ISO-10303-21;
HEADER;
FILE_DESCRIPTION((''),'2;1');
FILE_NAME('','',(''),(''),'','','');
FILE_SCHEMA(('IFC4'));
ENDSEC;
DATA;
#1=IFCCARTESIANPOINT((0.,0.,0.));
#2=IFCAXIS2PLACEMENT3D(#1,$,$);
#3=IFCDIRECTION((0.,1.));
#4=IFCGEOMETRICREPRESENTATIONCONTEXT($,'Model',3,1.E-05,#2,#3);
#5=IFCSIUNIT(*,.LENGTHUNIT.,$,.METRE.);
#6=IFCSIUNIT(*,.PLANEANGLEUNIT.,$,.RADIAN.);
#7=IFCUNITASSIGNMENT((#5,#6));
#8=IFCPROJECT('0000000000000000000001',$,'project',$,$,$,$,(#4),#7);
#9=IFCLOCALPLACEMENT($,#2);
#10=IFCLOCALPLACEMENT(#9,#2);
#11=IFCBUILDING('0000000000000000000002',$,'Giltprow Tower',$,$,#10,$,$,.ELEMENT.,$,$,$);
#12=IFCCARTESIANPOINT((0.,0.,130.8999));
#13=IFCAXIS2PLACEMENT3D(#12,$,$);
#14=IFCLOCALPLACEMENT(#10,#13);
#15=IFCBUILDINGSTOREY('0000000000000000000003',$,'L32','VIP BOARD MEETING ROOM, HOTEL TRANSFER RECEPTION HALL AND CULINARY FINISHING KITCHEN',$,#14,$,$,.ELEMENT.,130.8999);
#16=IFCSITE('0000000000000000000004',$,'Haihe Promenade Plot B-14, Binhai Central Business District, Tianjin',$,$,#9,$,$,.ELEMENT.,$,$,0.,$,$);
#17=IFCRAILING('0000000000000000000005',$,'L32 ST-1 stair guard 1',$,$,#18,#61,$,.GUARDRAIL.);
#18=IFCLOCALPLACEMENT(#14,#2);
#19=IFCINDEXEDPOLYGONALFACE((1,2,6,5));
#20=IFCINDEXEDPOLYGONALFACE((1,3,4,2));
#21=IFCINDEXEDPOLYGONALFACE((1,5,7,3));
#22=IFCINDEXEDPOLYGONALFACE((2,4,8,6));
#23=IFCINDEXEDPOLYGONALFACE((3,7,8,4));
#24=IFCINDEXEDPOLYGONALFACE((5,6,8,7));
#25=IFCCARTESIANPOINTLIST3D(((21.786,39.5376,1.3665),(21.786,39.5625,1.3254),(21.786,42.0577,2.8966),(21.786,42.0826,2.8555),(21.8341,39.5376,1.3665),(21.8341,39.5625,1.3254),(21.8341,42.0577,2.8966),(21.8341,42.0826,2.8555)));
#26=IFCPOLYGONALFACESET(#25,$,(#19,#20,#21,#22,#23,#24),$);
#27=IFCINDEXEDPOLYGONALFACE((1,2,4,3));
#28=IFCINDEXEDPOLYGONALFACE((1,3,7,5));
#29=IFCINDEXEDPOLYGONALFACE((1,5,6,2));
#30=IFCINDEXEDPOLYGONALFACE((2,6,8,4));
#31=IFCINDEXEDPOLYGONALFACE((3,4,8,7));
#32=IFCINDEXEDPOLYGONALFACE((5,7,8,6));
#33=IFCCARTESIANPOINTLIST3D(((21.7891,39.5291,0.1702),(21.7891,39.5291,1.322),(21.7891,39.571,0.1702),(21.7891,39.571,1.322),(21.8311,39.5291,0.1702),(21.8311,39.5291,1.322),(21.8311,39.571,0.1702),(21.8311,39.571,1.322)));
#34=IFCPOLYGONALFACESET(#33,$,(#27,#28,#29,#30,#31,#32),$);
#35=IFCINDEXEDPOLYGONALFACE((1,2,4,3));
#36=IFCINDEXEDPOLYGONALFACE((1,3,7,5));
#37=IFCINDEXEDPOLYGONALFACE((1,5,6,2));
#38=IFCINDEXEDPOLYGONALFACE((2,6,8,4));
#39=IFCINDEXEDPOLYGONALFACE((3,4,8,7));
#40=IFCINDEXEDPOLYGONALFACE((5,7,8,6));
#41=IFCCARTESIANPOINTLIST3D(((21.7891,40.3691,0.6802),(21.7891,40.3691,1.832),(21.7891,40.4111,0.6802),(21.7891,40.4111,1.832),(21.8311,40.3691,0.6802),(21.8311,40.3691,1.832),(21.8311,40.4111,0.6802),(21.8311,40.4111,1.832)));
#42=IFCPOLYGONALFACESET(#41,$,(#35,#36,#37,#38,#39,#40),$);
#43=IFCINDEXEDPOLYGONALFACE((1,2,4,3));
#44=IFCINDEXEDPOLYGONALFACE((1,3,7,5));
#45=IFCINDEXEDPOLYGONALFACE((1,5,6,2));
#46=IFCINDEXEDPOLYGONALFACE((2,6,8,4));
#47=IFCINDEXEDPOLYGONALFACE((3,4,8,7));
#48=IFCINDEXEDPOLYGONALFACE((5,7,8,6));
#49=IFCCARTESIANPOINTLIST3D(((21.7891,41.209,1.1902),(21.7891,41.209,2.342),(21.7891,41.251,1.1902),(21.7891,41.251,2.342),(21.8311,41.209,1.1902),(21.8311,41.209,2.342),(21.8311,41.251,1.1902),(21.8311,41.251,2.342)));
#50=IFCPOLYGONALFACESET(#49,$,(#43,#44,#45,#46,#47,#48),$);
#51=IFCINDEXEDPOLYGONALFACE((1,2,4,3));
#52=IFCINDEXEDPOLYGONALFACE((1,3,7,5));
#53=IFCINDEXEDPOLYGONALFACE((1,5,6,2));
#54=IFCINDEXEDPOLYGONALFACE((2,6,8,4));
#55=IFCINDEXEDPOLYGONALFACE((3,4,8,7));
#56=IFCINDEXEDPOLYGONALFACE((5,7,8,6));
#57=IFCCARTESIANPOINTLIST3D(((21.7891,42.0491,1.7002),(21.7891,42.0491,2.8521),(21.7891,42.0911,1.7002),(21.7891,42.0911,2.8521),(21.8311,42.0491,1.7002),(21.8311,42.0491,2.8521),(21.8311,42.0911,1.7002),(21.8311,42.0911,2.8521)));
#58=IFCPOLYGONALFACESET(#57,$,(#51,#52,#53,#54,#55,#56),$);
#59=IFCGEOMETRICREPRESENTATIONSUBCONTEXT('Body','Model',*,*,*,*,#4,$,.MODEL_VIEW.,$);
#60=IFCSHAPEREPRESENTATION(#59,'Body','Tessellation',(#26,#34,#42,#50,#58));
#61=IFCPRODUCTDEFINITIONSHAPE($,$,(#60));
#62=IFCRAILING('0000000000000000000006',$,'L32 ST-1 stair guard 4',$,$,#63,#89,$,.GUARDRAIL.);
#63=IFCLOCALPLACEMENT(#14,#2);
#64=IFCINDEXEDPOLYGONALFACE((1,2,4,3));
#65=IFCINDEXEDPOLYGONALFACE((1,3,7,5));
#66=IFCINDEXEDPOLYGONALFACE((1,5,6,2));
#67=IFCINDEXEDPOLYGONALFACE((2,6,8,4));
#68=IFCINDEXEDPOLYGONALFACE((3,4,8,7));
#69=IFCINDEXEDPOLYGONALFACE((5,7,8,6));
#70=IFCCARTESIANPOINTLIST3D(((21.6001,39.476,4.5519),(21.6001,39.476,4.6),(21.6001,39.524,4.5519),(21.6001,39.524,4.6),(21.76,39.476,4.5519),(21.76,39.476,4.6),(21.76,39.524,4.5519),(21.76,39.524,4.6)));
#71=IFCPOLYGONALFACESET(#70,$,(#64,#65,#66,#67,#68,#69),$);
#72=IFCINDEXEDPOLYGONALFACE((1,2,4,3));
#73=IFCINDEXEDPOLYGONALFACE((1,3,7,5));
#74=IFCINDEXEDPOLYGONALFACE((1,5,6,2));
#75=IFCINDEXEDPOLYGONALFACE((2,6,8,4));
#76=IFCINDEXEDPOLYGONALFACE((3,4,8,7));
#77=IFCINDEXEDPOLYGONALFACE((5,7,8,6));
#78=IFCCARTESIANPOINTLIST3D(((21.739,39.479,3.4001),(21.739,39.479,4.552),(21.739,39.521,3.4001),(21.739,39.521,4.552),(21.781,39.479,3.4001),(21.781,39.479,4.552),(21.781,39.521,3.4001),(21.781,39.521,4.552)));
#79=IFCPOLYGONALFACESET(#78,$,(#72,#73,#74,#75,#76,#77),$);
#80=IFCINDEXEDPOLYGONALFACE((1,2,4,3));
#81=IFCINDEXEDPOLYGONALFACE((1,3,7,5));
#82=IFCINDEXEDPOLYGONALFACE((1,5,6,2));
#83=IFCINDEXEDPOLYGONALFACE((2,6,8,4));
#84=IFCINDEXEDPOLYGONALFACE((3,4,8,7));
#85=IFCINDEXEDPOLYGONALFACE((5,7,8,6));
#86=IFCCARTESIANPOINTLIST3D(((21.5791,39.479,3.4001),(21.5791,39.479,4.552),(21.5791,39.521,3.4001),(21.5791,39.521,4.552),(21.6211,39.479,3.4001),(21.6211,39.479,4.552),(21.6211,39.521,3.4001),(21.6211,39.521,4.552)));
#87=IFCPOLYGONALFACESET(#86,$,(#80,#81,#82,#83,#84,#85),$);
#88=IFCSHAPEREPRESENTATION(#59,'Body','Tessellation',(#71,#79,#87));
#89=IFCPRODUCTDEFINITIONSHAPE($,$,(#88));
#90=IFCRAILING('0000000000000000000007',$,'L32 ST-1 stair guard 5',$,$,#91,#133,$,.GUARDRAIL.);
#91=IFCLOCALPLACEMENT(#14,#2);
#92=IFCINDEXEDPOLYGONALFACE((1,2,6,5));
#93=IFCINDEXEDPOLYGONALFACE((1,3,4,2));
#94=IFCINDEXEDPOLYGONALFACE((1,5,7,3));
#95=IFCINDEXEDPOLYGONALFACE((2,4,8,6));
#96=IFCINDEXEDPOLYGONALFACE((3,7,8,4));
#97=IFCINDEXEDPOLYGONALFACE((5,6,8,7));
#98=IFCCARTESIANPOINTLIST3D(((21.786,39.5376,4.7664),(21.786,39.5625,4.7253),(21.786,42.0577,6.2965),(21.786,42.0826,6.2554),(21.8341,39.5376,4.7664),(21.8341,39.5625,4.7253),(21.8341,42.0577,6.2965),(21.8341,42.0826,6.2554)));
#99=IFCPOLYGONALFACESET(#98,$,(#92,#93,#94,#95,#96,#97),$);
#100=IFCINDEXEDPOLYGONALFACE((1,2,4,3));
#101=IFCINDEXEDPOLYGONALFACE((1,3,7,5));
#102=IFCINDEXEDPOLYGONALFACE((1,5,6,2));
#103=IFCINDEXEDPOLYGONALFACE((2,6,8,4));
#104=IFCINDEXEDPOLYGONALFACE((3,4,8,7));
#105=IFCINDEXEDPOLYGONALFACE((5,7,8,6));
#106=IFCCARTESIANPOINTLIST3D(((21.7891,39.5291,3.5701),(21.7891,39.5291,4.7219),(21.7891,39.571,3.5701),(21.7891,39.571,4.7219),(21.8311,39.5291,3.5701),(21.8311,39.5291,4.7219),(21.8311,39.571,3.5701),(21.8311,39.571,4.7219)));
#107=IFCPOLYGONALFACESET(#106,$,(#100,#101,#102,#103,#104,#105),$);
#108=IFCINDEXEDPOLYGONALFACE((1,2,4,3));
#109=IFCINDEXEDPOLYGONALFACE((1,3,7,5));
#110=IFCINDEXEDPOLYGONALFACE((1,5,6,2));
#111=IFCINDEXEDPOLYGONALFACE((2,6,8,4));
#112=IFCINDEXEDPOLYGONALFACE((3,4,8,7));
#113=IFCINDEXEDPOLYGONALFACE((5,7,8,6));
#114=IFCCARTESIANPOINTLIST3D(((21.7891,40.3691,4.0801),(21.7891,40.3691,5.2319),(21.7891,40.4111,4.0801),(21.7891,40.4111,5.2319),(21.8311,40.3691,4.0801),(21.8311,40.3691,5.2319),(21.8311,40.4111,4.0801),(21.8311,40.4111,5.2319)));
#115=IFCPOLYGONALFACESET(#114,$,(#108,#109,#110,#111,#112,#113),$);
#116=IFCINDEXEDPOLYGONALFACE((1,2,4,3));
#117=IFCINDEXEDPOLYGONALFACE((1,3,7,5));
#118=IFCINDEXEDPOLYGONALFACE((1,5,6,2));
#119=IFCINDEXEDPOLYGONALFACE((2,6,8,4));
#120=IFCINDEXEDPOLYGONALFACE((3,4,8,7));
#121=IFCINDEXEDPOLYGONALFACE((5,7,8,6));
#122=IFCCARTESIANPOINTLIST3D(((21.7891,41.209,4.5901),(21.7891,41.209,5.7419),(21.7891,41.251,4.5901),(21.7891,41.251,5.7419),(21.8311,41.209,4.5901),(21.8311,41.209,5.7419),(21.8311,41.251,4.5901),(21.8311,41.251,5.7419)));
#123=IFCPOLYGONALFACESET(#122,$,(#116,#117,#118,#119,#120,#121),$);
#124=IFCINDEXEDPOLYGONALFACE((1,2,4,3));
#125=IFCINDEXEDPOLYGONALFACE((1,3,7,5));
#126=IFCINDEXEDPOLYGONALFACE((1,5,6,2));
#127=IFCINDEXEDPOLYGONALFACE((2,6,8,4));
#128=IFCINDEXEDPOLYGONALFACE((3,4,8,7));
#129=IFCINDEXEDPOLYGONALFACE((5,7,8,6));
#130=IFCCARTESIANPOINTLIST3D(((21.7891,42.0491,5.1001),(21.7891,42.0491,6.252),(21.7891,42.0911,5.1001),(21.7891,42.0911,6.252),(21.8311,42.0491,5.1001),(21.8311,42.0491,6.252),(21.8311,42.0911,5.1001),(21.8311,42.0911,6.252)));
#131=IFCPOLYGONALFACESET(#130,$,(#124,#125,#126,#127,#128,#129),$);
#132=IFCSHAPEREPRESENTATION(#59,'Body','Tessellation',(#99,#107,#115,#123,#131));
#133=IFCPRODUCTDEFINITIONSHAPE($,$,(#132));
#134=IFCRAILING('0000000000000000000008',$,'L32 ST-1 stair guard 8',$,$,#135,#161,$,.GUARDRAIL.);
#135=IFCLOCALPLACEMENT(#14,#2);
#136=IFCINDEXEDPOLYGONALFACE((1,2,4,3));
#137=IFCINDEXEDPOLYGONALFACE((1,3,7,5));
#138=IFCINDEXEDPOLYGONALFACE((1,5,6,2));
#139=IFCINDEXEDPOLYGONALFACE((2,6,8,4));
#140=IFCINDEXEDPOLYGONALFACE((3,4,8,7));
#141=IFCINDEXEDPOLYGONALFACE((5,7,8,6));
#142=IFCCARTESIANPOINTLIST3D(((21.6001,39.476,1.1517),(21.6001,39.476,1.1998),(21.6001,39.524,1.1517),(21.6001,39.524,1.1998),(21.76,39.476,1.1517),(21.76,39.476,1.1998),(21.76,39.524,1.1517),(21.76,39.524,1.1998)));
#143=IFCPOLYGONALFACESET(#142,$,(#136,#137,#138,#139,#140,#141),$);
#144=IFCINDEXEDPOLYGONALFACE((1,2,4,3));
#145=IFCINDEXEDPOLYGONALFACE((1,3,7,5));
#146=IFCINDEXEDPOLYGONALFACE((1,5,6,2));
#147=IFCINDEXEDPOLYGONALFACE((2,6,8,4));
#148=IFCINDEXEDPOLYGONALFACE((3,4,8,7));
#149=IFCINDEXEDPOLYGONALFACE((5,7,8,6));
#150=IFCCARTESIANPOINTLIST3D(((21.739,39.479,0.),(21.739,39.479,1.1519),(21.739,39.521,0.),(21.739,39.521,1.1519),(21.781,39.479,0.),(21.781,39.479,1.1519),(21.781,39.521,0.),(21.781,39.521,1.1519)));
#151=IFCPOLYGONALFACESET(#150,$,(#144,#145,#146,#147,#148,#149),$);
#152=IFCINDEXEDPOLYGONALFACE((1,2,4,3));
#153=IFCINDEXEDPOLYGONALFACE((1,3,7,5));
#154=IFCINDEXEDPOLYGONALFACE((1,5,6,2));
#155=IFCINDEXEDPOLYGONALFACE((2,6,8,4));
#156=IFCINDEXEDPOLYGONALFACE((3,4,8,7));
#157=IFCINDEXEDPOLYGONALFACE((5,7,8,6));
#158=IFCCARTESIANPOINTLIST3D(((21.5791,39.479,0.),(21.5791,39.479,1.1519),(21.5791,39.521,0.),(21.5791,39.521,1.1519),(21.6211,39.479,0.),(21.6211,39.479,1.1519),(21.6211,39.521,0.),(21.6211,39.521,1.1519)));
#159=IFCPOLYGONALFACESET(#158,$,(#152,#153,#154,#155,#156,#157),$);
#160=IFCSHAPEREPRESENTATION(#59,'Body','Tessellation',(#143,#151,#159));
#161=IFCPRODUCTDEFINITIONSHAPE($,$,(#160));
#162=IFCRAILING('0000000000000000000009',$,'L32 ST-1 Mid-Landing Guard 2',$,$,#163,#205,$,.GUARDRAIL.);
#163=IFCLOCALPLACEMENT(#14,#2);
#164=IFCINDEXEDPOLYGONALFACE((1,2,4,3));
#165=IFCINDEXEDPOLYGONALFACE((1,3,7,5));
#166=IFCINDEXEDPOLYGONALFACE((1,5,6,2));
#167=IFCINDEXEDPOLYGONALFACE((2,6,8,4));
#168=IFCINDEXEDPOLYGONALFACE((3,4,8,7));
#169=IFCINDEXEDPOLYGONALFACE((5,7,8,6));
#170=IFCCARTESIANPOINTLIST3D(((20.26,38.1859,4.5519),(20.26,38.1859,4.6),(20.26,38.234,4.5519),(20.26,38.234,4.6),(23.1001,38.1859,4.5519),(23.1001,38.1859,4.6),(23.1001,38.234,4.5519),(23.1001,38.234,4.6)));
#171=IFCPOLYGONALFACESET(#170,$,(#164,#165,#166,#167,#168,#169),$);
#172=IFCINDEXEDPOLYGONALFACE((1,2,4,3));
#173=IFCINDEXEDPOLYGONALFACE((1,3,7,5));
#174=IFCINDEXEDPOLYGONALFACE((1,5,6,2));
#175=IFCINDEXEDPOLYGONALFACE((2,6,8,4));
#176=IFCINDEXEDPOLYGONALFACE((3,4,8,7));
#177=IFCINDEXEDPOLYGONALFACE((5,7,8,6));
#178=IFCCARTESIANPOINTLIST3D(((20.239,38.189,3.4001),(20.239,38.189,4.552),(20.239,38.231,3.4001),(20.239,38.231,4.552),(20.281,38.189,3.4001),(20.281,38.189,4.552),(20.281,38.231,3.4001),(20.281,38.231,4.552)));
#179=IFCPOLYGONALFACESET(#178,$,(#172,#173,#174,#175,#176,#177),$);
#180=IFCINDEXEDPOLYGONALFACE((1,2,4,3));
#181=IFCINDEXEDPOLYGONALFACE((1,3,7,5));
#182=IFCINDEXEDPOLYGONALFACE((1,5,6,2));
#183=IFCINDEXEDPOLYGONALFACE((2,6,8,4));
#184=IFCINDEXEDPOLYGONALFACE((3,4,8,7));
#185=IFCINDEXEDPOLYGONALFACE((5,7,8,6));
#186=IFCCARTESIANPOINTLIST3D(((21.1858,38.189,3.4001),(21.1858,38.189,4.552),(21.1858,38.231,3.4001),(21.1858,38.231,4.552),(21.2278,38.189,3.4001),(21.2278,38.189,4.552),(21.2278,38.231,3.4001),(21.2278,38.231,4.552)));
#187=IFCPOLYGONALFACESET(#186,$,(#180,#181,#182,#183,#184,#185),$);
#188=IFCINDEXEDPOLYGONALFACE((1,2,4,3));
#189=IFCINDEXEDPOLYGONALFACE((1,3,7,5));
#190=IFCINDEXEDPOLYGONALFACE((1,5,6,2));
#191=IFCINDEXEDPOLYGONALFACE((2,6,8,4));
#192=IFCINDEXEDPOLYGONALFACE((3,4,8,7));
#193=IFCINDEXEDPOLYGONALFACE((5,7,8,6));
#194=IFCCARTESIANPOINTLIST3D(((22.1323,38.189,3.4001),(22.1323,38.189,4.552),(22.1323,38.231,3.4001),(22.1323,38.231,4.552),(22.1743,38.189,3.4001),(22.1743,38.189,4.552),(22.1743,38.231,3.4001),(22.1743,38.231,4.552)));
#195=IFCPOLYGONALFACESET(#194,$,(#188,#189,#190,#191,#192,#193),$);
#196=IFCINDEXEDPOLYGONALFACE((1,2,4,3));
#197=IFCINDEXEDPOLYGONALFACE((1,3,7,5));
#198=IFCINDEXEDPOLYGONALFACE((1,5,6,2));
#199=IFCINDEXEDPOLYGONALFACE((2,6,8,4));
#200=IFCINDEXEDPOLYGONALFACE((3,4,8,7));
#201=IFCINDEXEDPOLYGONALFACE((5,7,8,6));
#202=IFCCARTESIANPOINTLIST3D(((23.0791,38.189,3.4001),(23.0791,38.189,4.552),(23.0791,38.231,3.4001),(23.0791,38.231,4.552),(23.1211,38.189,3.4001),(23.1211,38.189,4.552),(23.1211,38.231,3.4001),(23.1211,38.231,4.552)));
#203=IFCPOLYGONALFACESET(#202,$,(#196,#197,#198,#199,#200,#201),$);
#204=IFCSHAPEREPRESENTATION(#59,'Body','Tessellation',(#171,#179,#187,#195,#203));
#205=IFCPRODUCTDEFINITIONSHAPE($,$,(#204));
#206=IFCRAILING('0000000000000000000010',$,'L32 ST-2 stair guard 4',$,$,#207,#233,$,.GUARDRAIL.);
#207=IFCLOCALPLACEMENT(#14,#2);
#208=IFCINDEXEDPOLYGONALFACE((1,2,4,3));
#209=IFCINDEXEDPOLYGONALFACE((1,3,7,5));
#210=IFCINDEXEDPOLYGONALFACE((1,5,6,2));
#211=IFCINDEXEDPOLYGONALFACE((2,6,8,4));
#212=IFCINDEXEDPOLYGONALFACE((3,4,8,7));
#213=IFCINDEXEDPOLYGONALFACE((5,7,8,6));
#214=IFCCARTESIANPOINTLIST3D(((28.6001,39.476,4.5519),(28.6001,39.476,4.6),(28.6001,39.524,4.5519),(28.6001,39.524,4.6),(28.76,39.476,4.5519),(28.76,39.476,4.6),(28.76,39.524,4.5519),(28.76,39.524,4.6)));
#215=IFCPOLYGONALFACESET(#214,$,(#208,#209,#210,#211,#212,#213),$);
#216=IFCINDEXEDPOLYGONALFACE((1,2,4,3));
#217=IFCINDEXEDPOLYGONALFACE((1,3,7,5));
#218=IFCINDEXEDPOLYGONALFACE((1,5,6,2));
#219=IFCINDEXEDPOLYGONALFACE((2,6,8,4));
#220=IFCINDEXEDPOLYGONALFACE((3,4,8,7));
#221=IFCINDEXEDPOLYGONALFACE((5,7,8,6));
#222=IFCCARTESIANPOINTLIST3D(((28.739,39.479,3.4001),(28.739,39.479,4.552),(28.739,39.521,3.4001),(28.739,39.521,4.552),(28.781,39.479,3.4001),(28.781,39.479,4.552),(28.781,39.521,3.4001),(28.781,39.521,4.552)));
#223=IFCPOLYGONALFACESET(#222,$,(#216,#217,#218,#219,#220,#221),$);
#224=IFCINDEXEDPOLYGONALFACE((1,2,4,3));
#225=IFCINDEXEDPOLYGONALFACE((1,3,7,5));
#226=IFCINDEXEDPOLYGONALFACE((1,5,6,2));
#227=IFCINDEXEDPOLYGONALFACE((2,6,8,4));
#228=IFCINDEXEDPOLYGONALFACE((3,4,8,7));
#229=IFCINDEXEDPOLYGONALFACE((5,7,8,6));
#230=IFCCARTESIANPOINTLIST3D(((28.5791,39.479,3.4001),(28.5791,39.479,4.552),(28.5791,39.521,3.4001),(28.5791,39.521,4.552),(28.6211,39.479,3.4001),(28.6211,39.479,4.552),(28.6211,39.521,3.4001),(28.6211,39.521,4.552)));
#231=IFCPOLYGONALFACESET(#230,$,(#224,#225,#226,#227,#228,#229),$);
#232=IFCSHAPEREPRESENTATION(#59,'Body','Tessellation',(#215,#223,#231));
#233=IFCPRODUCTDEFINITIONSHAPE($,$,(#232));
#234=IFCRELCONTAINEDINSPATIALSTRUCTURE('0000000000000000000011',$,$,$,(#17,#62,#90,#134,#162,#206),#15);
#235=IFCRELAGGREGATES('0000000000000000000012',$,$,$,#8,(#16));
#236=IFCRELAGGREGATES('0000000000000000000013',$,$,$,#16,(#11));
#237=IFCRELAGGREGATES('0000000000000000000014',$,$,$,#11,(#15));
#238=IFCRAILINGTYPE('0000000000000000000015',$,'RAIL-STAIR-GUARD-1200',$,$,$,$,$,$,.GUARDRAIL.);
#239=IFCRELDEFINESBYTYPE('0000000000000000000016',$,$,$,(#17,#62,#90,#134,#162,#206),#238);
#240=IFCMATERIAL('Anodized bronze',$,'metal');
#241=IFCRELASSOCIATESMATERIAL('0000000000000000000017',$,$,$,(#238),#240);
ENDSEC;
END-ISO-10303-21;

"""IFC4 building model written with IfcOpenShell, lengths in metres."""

from ifc_helpers import new_model, si_unit, direction, frame, origin, origin_2d, place, context, subcontext, project, spatial, rectangle, extrude, material, type_object, element, save


model = new_model("IFC4")

# Units and contexts
model_context = context("Model", 3, precision=1e-05, world=origin(), true_north=direction((0.0, 1.0)))
body_context = subcontext(model_context, "Body", "Model", "MODEL_VIEW")
ifc_project = project(units=[si_unit("LENGTHUNIT", "METRE"), si_unit("PLANEANGLEUNIT", "RADIAN")], contexts=[model_context])

# Site, building, storey
site_placement = place(None, origin())
site = spatial("IfcSite", under=ifc_project, at=site_placement, Name="Haihe Promenade Plot B-14, Binhai Central Business District, Tianjin", CompositionType="ELEMENT", RefElevation=0.0)
building_placement = place(site_placement, origin())
building = spatial("IfcBuilding", under=site, at=building_placement, Name="Giltprow Tower", CompositionType="ELEMENT")
storey_placement = place(building_placement, frame((0.0, 0.0, 130.8999)))
storey = spatial("IfcBuildingStorey", under=building, at=storey_placement, Name="L32", Description="VIP BOARD MEETING ROOM, HOTEL TRANSFER RECEPTION HALL AND CULINARY FINISHING KITCHEN", CompositionType="ELEMENT", Elevation=130.8999)

# Railings
ifc_material_1 = material(Name="Anodized bronze", Category="metal")
railing_type = type_object("IfcRailingType", Name="RAIL-STAIR-GUARD-1200", PredefinedType="GUARDRAIL", material=ifc_material_1)
railing_1_placement = place(storey_placement, frame((21.8101, 39.55, 0.1702)))
element("IfcRailing", 1, at=railing_1_placement, inside=storey, type_object=railing_type, Name="L32 ST-1 stair guard 1", PredefinedType="GUARDRAIL", context=body_context, shape_type="SweptSolid", body=[
    extrude(rectangle(XDim=0.0481, YDim=0.0481, at=origin_2d()), frame((0.0, 0.0, 1.1758), z_axis=(0.0, 0.854785, 0.518982), x_axis=(-1.0, 0.0, 0.0)), (0.0, 0.0, 1.0), 2.9482),
    extrude(rectangle(XDim=0.042, YDim=0.042, at=origin_2d()), origin(), (0.0, 0.0, 1.0), 1.1519),
    extrude(rectangle(XDim=0.042, YDim=0.042, at=origin_2d()), frame((0.0, 0.8401, 0.51)), (0.0, 0.0, 1.0), 1.1519),
    extrude(rectangle(XDim=0.042, YDim=0.042, at=origin_2d()), frame((0.0, 1.6799, 1.02)), (0.0, 0.0, 1.0), 1.1519),
    extrude(rectangle(XDim=0.042, YDim=0.042, at=origin_2d()), frame((0.0, 2.52, 1.53)), (0.0, 0.0, 1.0), 1.1519),
])
railing_2_placement = place(storey_placement, frame((21.76, 39.5, 3.4001)))
element("IfcRailing", 2, at=railing_2_placement, inside=storey, type_object=railing_type, Name="L32 ST-1 stair guard 4", PredefinedType="GUARDRAIL", context=body_context, shape_type="SweptSolid", body=[
    extrude(rectangle(XDim=0.0481, YDim=0.0481, at=origin_2d()), frame((0.0, 0.0, 1.1758), z_axis=(-1.0, 0.0, 0.0), x_axis=(0.0, -1.0, 0.0)), (0.0, 0.0, 1.0), 0.1599),
    extrude(rectangle(XDim=0.042, YDim=0.042, at=origin_2d()), origin(), (0.0, 0.0, 1.0), 1.1519),
    extrude(rectangle(XDim=0.042, YDim=0.042, at=origin_2d()), frame((-0.1599, 0.0, 0.0)), (0.0, 0.0, 1.0), 1.1519),
])
railing_3_placement = place(storey_placement, frame((21.8101, 39.55, 3.5701)))
element("IfcRailing", 3, at=railing_3_placement, inside=storey, type_object=railing_type, Name="L32 ST-1 stair guard 5", PredefinedType="GUARDRAIL", context=body_context, shape_type="SweptSolid", body=[
    extrude(rectangle(XDim=0.0481, YDim=0.0481, at=origin_2d()), frame((0.0, 0.0, 1.1758), z_axis=(0.0, 0.854785, 0.518982), x_axis=(-1.0, 0.0, 0.0)), (0.0, 0.0, 1.0), 2.9482),
    extrude(rectangle(XDim=0.042, YDim=0.042, at=origin_2d()), origin(), (0.0, 0.0, 1.0), 1.1519),
    extrude(rectangle(XDim=0.042, YDim=0.042, at=origin_2d()), frame((0.0, 0.8401, 0.51)), (0.0, 0.0, 1.0), 1.1519),
    extrude(rectangle(XDim=0.042, YDim=0.042, at=origin_2d()), frame((0.0, 1.6799, 1.02)), (0.0, 0.0, 1.0), 1.1519),
    extrude(rectangle(XDim=0.042, YDim=0.042, at=origin_2d()), frame((0.0, 2.52, 1.53)), (0.0, 0.0, 1.0), 1.1519),
])
railing_4_placement = place(storey_placement, frame((21.76, 39.5, 0.0)))
element("IfcRailing", 4, at=railing_4_placement, inside=storey, type_object=railing_type, Name="L32 ST-1 stair guard 8", PredefinedType="GUARDRAIL", context=body_context, shape_type="SweptSolid", body=[
    extrude(rectangle(XDim=0.0481, YDim=0.0481, at=origin_2d()), frame((0.0, 0.0, 1.1758), z_axis=(-1.0, 0.0, 0.0), x_axis=(0.0, -1.0, 0.0)), (0.0, 0.0, 1.0), 0.1599),
    extrude(rectangle(XDim=0.042, YDim=0.042, at=origin_2d()), origin(), (0.0, 0.0, 1.0), 1.1519),
    extrude(rectangle(XDim=0.042, YDim=0.042, at=origin_2d()), frame((-0.1599, 0.0, 0.0)), (0.0, 0.0, 1.0), 1.1519),
])
railing_5_placement = place(storey_placement, frame((20.26, 38.21, 3.4001)))
element("IfcRailing", 5, at=railing_5_placement, inside=storey, type_object=railing_type, Name="L32 ST-1 Mid-Landing Guard 2", PredefinedType="GUARDRAIL", context=body_context, shape_type="SweptSolid", body=[
    extrude(rectangle(XDim=0.0481, YDim=0.0481, at=origin_2d()), frame((0.0, 0.0, 1.1758), z_axis=(1.0, 0.0, 0.0), x_axis=(0.0, 1.0, 0.0)), (0.0, 0.0, 1.0), 2.8401),
    extrude(rectangle(XDim=0.042, YDim=0.042, at=origin_2d()), origin(), (0.0, 0.0, 1.0), 1.1519),
    extrude(rectangle(XDim=0.042, YDim=0.042, at=origin_2d()), frame((0.9468, 0.0, 0.0)), (0.0, 0.0, 1.0), 1.1519),
    extrude(rectangle(XDim=0.042, YDim=0.042, at=origin_2d()), frame((1.8933, 0.0, 0.0)), (0.0, 0.0, 1.0), 1.1519),
    extrude(rectangle(XDim=0.042, YDim=0.042, at=origin_2d()), frame((2.8401, 0.0, 0.0)), (0.0, 0.0, 1.0), 1.1519),
])
for number, where, name in (
    (6, (28.76, 39.5, 3.4001), "L32 ST-2 stair guard 4"),
):
    element("IfcRailing", number, at=place(storey_placement, frame(where)), inside=storey, type_object=railing_type, Name=name, PredefinedType="GUARDRAIL", context=body_context, shape_type="SweptSolid", body=[
        extrude(rectangle(XDim=0.0481, YDim=0.0481, at=origin_2d()), frame((0.0, 0.0, 1.1758), z_axis=(-1.0, 0.0, 0.0), x_axis=(0.0, -1.0, 0.0)), (0.0, 0.0, 1.0), 0.1599),
        extrude(rectangle(XDim=0.042, YDim=0.042, at=origin_2d()), origin(), (0.0, 0.0, 1.0), 1.1519),
        extrude(rectangle(XDim=0.042, YDim=0.042, at=origin_2d()), frame((-0.1599, 0.0, 0.0)), (0.0, 0.0, 1.0), 1.1519),
    ])

save(model, "model.ifc")
